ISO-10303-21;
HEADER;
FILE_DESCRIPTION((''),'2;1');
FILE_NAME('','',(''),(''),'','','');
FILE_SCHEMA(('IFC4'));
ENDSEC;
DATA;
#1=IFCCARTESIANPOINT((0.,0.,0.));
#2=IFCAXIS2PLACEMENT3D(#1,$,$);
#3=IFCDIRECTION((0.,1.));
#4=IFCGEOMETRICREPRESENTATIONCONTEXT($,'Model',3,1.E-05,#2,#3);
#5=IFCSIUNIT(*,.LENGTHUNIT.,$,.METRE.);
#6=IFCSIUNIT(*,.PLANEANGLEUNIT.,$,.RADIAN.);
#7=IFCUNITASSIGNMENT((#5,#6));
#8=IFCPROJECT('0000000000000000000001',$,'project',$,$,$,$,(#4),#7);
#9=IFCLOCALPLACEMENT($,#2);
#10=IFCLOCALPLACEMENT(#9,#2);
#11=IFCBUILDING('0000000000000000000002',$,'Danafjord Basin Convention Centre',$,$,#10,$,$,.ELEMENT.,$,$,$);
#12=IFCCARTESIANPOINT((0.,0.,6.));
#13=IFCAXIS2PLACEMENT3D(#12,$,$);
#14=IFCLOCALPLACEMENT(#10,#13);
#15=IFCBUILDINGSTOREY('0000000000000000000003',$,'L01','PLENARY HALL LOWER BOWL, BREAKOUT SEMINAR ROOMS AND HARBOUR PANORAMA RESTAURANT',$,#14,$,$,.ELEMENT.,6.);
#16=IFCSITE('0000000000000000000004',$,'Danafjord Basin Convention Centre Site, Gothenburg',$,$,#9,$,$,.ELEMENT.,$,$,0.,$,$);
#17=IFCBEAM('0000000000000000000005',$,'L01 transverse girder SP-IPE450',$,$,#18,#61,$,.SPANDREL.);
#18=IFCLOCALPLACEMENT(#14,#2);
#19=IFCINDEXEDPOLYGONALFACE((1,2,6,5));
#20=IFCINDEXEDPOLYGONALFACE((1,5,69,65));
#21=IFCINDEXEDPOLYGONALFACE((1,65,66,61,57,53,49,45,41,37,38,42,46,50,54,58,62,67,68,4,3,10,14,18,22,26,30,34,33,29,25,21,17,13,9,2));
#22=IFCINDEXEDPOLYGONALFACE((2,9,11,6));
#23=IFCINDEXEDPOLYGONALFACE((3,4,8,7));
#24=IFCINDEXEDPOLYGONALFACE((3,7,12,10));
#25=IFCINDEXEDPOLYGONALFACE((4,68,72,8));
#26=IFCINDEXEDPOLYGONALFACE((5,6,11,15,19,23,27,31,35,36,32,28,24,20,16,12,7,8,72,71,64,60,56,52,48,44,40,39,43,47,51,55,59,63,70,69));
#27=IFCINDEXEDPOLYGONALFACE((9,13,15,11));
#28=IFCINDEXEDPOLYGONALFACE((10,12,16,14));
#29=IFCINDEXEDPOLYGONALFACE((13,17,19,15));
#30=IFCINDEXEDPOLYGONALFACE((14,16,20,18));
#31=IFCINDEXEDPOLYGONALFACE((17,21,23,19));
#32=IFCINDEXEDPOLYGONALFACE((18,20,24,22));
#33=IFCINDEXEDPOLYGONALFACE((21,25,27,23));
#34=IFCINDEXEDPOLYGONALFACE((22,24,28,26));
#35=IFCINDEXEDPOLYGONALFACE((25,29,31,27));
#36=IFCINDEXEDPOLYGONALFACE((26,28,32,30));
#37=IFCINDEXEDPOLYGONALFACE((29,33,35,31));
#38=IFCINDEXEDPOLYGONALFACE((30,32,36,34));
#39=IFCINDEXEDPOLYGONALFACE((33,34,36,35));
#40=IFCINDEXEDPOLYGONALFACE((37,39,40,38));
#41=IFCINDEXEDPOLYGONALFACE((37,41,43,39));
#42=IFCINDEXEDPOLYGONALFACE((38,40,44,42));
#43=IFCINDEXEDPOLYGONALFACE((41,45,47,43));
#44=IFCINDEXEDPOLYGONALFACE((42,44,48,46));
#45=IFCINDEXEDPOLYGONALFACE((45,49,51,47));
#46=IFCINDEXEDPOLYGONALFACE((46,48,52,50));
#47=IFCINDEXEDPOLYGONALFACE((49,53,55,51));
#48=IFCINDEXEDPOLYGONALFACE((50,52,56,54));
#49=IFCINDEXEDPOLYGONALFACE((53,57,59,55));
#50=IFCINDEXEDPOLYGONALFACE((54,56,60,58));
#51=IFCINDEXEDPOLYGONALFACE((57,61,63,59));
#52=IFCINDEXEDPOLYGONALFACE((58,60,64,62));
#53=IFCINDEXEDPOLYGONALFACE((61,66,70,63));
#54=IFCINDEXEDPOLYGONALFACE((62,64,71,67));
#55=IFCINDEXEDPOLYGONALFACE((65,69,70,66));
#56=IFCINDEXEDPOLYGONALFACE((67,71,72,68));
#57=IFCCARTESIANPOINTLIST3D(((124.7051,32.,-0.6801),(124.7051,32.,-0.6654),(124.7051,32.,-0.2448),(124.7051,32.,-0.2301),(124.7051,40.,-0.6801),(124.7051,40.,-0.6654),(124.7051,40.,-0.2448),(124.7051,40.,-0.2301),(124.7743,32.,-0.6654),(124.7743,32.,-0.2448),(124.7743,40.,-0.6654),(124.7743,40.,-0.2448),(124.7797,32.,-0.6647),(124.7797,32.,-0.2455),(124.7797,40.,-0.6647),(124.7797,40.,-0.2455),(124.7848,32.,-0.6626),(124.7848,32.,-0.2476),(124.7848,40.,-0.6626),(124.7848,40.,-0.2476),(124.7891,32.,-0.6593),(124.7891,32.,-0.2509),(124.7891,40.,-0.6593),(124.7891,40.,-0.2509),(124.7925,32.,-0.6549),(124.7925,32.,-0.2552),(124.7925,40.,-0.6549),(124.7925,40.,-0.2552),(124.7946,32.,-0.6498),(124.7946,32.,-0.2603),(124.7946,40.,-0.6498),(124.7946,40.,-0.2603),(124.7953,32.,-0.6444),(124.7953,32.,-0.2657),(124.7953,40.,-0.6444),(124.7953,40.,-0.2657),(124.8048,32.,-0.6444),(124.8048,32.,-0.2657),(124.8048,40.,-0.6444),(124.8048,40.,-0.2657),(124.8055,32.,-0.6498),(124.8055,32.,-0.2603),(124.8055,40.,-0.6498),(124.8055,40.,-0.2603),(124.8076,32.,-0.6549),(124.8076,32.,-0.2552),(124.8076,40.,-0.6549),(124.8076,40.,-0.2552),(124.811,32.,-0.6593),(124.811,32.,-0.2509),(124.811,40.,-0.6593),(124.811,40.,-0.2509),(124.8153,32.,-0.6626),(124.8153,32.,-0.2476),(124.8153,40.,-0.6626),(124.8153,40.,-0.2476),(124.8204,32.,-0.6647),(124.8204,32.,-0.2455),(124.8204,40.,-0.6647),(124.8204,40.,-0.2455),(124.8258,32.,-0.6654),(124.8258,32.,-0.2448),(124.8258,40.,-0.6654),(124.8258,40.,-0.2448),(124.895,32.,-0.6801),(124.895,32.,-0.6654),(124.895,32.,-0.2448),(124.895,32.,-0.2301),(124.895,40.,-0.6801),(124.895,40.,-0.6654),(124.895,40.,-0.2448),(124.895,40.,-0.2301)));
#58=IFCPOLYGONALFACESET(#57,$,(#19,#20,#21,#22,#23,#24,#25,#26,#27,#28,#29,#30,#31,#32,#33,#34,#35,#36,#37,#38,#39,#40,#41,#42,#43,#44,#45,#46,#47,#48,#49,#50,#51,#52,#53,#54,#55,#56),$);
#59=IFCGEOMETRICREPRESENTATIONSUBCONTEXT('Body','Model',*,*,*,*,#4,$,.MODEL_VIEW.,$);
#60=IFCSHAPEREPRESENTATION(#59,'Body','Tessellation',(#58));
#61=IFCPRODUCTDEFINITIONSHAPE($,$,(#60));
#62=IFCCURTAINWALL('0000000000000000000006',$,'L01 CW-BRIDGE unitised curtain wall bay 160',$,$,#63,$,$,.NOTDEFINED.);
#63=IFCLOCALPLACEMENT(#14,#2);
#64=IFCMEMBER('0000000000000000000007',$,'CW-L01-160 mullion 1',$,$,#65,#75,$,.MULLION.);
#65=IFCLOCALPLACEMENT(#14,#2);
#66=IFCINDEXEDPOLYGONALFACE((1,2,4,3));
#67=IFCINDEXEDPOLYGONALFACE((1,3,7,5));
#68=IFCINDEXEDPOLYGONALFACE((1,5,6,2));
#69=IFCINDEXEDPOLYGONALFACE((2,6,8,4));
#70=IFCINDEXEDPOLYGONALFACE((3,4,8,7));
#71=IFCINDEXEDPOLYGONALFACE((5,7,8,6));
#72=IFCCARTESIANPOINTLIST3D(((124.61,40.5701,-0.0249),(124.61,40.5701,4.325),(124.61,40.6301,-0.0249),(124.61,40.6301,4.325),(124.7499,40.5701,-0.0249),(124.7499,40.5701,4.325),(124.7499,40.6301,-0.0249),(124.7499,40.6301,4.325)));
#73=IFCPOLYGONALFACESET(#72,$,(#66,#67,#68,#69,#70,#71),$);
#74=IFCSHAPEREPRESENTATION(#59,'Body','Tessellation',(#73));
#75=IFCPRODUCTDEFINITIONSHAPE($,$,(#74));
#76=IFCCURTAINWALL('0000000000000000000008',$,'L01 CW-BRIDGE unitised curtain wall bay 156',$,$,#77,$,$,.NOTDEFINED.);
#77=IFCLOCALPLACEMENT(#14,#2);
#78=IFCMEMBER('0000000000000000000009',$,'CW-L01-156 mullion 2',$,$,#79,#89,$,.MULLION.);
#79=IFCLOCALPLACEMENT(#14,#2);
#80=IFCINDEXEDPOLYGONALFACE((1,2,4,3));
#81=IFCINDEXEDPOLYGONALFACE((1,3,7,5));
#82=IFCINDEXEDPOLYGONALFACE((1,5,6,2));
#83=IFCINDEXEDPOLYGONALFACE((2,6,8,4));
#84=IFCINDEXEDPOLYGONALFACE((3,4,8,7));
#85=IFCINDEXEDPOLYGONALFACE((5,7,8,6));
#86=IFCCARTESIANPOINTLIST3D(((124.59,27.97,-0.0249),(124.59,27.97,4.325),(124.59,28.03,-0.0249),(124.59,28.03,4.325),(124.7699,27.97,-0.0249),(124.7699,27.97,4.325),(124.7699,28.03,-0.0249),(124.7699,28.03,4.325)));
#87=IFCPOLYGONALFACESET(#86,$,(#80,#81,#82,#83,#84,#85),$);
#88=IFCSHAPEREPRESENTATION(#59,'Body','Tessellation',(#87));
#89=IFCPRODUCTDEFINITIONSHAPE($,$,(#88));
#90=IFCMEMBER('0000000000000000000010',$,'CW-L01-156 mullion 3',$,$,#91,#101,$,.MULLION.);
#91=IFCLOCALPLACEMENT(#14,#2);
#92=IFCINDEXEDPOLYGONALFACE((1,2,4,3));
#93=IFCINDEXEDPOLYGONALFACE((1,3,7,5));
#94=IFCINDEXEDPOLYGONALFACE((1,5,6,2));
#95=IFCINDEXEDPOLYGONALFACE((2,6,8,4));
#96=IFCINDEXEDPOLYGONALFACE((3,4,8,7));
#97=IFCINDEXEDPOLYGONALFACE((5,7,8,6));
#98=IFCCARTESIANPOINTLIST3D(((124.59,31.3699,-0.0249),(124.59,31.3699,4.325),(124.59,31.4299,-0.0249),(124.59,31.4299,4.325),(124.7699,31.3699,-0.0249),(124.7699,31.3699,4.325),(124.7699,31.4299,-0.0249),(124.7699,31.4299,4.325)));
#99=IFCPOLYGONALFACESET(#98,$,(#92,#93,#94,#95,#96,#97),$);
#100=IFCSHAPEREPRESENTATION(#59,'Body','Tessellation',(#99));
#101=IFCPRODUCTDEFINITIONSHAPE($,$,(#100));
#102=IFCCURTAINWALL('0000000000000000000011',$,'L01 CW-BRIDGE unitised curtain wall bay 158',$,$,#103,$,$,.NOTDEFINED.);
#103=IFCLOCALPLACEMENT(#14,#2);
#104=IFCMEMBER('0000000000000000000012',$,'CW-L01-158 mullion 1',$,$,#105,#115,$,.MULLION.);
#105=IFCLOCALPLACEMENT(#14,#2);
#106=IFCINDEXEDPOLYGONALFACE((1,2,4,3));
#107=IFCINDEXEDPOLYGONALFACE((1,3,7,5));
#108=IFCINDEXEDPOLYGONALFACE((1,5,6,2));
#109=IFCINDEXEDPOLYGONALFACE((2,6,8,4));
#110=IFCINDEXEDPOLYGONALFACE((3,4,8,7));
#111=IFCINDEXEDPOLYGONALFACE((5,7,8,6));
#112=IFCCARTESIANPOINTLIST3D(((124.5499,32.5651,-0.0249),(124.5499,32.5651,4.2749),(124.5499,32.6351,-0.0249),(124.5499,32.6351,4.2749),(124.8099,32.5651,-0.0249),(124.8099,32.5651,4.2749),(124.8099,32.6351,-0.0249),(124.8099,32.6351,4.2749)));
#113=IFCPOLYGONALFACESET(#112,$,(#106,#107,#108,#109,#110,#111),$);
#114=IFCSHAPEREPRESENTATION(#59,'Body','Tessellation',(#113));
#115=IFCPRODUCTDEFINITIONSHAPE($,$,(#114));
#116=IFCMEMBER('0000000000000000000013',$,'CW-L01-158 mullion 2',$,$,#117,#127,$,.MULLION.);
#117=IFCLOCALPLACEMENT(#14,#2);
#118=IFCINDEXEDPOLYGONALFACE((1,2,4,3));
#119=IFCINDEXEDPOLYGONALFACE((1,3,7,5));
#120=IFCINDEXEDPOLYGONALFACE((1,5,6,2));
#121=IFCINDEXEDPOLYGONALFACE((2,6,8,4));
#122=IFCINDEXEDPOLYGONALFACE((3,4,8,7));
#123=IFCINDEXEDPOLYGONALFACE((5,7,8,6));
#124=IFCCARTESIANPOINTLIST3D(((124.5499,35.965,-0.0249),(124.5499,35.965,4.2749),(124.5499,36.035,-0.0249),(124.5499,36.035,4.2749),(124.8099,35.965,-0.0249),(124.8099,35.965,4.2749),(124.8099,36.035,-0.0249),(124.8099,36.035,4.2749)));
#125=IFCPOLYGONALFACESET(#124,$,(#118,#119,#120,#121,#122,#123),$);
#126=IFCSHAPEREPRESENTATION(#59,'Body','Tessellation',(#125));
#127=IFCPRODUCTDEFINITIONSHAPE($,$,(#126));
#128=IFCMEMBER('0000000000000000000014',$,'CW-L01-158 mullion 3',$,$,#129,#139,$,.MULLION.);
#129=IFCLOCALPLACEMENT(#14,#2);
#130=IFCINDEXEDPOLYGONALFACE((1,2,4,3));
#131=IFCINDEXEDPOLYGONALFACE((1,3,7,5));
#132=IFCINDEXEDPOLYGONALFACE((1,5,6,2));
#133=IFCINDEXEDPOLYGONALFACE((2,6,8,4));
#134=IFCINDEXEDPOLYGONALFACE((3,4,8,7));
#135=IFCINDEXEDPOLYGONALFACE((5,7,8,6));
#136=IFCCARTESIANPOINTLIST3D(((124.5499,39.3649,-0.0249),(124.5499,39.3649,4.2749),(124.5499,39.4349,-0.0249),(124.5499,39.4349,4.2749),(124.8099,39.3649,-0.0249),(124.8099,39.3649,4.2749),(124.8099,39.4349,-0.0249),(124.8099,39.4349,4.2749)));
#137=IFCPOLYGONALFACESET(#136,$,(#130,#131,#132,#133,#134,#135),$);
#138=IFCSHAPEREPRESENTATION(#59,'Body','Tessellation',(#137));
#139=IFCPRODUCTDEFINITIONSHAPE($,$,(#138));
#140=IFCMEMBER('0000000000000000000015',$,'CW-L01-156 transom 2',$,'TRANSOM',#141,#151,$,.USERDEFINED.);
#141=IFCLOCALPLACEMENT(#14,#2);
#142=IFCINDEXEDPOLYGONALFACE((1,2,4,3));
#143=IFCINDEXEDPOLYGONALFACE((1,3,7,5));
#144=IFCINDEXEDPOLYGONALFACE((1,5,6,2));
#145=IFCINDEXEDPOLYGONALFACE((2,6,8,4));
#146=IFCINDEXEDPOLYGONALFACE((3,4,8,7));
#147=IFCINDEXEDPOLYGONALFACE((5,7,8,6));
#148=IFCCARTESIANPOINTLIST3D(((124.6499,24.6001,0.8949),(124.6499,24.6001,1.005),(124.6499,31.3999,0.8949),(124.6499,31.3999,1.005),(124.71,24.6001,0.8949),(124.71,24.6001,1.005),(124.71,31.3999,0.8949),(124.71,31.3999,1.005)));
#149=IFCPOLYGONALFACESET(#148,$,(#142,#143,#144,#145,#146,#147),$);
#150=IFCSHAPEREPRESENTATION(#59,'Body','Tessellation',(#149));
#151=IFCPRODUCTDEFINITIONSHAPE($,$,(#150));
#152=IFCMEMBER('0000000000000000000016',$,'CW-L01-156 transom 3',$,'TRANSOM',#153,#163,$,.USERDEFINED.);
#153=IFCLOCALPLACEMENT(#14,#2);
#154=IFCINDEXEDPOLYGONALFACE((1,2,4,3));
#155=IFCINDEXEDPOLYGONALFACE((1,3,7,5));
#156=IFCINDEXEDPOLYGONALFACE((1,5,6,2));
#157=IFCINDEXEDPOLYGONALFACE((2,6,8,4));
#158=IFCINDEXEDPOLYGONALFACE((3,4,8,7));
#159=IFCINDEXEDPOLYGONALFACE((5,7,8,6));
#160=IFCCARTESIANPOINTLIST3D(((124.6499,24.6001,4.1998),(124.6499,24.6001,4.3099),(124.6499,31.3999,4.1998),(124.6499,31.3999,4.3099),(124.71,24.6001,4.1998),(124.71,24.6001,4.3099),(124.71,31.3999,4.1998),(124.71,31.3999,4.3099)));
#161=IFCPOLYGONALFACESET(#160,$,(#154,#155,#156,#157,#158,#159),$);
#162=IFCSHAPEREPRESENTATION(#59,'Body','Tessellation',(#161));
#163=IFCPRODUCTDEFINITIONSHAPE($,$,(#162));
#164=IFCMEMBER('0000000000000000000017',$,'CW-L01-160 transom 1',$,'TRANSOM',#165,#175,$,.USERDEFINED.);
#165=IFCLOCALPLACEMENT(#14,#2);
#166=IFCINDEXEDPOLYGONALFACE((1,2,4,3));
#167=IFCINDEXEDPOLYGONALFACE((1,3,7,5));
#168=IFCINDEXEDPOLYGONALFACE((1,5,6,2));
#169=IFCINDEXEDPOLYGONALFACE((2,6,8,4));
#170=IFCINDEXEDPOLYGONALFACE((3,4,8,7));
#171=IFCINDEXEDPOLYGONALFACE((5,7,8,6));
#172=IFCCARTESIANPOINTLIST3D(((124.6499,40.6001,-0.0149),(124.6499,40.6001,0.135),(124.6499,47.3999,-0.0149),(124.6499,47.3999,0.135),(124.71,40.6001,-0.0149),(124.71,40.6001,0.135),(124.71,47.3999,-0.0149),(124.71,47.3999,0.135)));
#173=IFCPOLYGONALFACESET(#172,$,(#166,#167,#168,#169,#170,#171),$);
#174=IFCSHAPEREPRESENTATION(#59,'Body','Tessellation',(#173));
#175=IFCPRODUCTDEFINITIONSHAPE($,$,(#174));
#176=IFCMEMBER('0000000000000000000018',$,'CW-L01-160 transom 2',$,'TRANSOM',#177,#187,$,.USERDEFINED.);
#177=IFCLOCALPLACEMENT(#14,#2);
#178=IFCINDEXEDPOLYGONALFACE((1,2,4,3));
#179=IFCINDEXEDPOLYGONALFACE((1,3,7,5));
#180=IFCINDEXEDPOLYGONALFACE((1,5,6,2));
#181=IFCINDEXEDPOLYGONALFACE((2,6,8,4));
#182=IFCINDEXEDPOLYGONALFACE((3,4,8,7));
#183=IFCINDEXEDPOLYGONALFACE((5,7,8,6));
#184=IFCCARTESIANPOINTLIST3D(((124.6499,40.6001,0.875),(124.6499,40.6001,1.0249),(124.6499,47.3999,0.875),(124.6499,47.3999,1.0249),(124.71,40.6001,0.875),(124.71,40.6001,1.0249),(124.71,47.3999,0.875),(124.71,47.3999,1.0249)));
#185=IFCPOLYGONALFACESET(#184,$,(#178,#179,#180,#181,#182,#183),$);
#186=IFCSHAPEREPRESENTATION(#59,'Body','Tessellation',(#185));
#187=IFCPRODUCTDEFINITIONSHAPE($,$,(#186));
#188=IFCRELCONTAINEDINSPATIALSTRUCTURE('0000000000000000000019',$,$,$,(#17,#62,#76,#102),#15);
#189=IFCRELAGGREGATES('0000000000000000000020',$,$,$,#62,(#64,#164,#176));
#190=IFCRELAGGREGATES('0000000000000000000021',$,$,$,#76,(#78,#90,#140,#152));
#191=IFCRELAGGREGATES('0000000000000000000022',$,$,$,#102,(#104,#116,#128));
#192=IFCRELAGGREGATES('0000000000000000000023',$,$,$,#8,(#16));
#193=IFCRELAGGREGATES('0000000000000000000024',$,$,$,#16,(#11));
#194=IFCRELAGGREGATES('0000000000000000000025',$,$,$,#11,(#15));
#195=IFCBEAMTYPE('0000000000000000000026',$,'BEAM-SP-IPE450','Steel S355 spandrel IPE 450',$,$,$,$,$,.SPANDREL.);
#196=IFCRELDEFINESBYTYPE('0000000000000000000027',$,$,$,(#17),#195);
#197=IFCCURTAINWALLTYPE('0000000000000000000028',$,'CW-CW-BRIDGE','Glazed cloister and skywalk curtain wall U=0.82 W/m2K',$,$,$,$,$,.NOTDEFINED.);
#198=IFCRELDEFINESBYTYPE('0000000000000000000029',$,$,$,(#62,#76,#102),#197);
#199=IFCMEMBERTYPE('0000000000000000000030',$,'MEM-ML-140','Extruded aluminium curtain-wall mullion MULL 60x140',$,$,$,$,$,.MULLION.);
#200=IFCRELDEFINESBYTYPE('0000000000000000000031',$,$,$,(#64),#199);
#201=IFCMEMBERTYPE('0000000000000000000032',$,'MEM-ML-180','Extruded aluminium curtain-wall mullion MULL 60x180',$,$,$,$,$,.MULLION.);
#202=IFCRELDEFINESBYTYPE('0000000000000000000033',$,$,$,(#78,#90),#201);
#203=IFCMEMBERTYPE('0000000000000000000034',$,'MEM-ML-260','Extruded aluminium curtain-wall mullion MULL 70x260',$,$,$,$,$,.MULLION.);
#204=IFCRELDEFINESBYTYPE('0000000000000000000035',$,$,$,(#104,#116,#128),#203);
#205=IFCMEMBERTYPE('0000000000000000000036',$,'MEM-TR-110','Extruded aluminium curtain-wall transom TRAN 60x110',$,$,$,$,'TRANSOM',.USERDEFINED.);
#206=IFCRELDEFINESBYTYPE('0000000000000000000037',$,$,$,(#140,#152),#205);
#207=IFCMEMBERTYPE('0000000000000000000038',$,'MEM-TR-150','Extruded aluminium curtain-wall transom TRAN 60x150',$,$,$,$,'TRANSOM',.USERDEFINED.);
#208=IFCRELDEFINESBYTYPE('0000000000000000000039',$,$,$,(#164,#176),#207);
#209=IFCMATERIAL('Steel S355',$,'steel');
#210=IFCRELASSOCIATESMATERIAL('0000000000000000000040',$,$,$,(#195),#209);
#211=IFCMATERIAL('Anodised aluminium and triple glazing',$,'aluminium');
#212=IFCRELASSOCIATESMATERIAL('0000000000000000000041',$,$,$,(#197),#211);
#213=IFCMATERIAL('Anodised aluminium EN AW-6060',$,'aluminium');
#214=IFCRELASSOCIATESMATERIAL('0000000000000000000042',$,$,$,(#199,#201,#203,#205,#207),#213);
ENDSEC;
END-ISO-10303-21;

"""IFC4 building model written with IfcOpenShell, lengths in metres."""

from ifc_helpers import new_model, si_unit, direction, frame, origin, origin_2d, place, context, subcontext, project, spatial, rectangle, i_section, extrude, material, material_profile, profile_set, type_object, element, aggregate, save


model = new_model("IFC4")

# Units and contexts
model_context = context("Model", 3, precision=1e-05, world=origin(), true_north=direction((0.0, 1.0)))
body_context = subcontext(model_context, "Body", "Model", "MODEL_VIEW")
ifc_project = project(units=[si_unit("LENGTHUNIT", "METRE"), si_unit("PLANEANGLEUNIT", "RADIAN")], contexts=[model_context])

# Site, building, storey
site_placement = place(None, origin())
site = spatial("IfcSite", under=ifc_project, at=site_placement, Name="Danafjord Basin Convention Centre Site, Gothenburg", CompositionType="ELEMENT", RefElevation=0.0)
building_placement = place(site_placement, origin())
building = spatial("IfcBuilding", under=site, at=building_placement, Name="Danafjord Basin Convention Centre", CompositionType="ELEMENT")
storey_placement = place(building_placement, frame((0.0, 0.0, 6.0)))
storey = spatial("IfcBuildingStorey", under=building, at=storey_placement, Name="L01", Description="PLENARY HALL LOWER BOWL, BREAKOUT SEMINAR ROOMS AND HARBOUR PANORAMA RESTAURANT", CompositionType="ELEMENT", Elevation=6.0)

# Shared definitions
ifc_material_1 = material(Name="Steel S355", Category="steel")

# Beam
ifc_material_profile_1 = material_profile(ifc_material_1, i_section(OverallWidth=0.1899, OverallDepth=0.45, WebThickness=0.0095, FlangeThickness=0.0146, FilletRadius=0.021, at=origin_2d()), Name="IPE 450")
ifc_profile_set_1 = profile_set([ifc_material_profile_1], Name="Steel S355")
beam_type_1 = type_object("IfcBeamType", Name="BEAM-SP-IPE450", Description="Steel S355 spandrel IPE 450", PredefinedType="SPANDREL", material=ifc_profile_set_1)
beam_1_placement = place(storey_placement, frame((124.8, 32.0, -0.4551), z_axis=(0.0, 1.0, 0.0), x_axis=(-1.0, 0.0, 0.0)))
element("IfcBeam", 1, at=beam_1_placement, inside=storey, type_object=beam_type_1, Name="L01 transverse girder SP-IPE450", PredefinedType="SPANDREL", context=body_context, shape_type="SweptSolid", body=[
    extrude(i_section(OverallWidth=0.1899, OverallDepth=0.45, WebThickness=0.0095, FlangeThickness=0.0146, FilletRadius=0.021, at=origin_2d()), origin(), (0.0, 0.0, 1.0), 8.0),
])

# Curtain wall, member
ifc_material_2 = material(Name="Anodised aluminium and triple glazing", Category="aluminium")
curtain_wall_type = type_object("IfcCurtainWallType", Name="CW-CW-BRIDGE", Description="Glazed cloister and skywalk curtain wall U=0.82 W/m2K", PredefinedType="NOTDEFINED", material=ifc_material_2)
curtain_wall_1_placement = place(storey_placement, origin())
curtain_wall_1 = element("IfcCurtainWall", 2, at=curtain_wall_1_placement, inside=storey, type_object=curtain_wall_type, Name="L01 CW-BRIDGE unitised curtain wall bay 160", PredefinedType="NOTDEFINED")
ifc_material_3 = material(Name="Anodised aluminium EN AW-6060", Category="aluminium")
ifc_material_profile_2 = material_profile(ifc_material_3, rectangle(XDim=0.0601, YDim=0.1399, at=origin_2d()), Name="MULL 60x140")
ifc_profile_set_2 = profile_set([ifc_material_profile_2], Name="Anodised aluminium EN AW-6060")
member_type_1 = type_object("IfcMemberType", Name="MEM-ML-140", Description="Extruded aluminium curtain-wall mullion MULL 60x140", PredefinedType="MULLION", material=ifc_profile_set_2)
member_1_placement = place(storey_placement, frame((124.6799, 40.6001, -0.0249), z_axis=(0.0, 0.0, 1.0), x_axis=(0.0, 1.0, 0.0)))
member_1 = element("IfcMember", 3, at=member_1_placement, type_object=member_type_1, Name="CW-L01-160 mullion 1", PredefinedType="MULLION", context=body_context, shape_type="SweptSolid", body=[
    extrude(rectangle(XDim=0.0601, YDim=0.1399, at=origin_2d()), origin(), (0.0, 0.0, 1.0), 4.3499),
])

# Curtain walls, members
curtain_wall_2_placement = place(storey_placement, origin())
curtain_wall_2 = element("IfcCurtainWall", 4, at=curtain_wall_2_placement, inside=storey, type_object=curtain_wall_type, Name="L01 CW-BRIDGE unitised curtain wall bay 156", PredefinedType="NOTDEFINED")
ifc_material_profile_3 = material_profile(ifc_material_3, rectangle(XDim=0.0601, YDim=0.1799, at=origin_2d()), Name="MULL 60x180")
ifc_profile_set_3 = profile_set([ifc_material_profile_3], Name="Anodised aluminium EN AW-6060")
member_type_2 = type_object("IfcMemberType", Name="MEM-ML-180", Description="Extruded aluminium curtain-wall mullion MULL 60x180", PredefinedType="MULLION", material=ifc_profile_set_3)
member_2_placement = place(storey_placement, frame((124.6799, 28.0, -0.0249), z_axis=(0.0, 0.0, 1.0), x_axis=(0.0, 1.0, 0.0)))
member_2 = element("IfcMember", 5, at=member_2_placement, type_object=member_type_2, Name="CW-L01-156 mullion 2", PredefinedType="MULLION", context=body_context, shape_type="SweptSolid", body=[
    extrude(rectangle(XDim=0.0601, YDim=0.1799, at=origin_2d()), origin(), (0.0, 0.0, 1.0), 4.3499),
])
member_3_placement = place(storey_placement, frame((124.6799, 31.3999, -0.0249), z_axis=(0.0, 0.0, 1.0), x_axis=(0.0, 1.0, 0.0)))
member_3 = element("IfcMember", 6, at=member_3_placement, type_object=member_type_2, Name="CW-L01-156 mullion 3", PredefinedType="MULLION", context=body_context, shape_type="SweptSolid", body=[
    extrude(rectangle(XDim=0.0601, YDim=0.1799, at=origin_2d()), origin(), (0.0, 0.0, 1.0), 4.3499),
])
curtain_wall_3_placement = place(storey_placement, origin())
curtain_wall_3 = element("IfcCurtainWall", 7, at=curtain_wall_3_placement, inside=storey, type_object=curtain_wall_type, Name="L01 CW-BRIDGE unitised curtain wall bay 158", PredefinedType="NOTDEFINED")
ifc_material_profile_4 = material_profile(ifc_material_3, rectangle(XDim=0.0701, YDim=0.26, at=origin_2d()), Name="MULL 70x260")
ifc_profile_set_4 = profile_set([ifc_material_profile_4], Name="Anodised aluminium EN AW-6060")
member_type_3 = type_object("IfcMemberType", Name="MEM-ML-260", Description="Extruded aluminium curtain-wall mullion MULL 70x260", PredefinedType="MULLION", material=ifc_profile_set_4)
member_4_placement = place(storey_placement, frame((124.6799, 32.6001, -0.0249), z_axis=(0.0, 0.0, 1.0), x_axis=(0.0, 1.0, 0.0)))
member_4 = element("IfcMember", 8, at=member_4_placement, type_object=member_type_3, Name="CW-L01-158 mullion 1", PredefinedType="MULLION", context=body_context, shape_type="SweptSolid", body=[
    extrude(rectangle(XDim=0.0701, YDim=0.26, at=origin_2d()), origin(), (0.0, 0.0, 1.0), 4.2998),
])
member_5_placement = place(storey_placement, frame((124.6799, 36.0, -0.0249), z_axis=(0.0, 0.0, 1.0), x_axis=(0.0, 1.0, 0.0)))
member_5 = element("IfcMember", 9, at=member_5_placement, type_object=member_type_3, Name="CW-L01-158 mullion 2", PredefinedType="MULLION", context=body_context, shape_type="SweptSolid", body=[
    extrude(rectangle(XDim=0.0701, YDim=0.26, at=origin_2d()), origin(), (0.0, 0.0, 1.0), 4.2998),
])
member_6_placement = place(storey_placement, frame((124.6799, 39.3999, -0.0249), z_axis=(0.0, 0.0, 1.0), x_axis=(0.0, 1.0, 0.0)))
member_6 = element("IfcMember", 10, at=member_6_placement, type_object=member_type_3, Name="CW-L01-158 mullion 3", PredefinedType="MULLION", context=body_context, shape_type="SweptSolid", body=[
    extrude(rectangle(XDim=0.0701, YDim=0.26, at=origin_2d()), origin(), (0.0, 0.0, 1.0), 4.2998),
])

# Members
ifc_material_profile_5 = material_profile(ifc_material_3, rectangle(XDim=0.0601, YDim=0.1101, at=origin_2d()), Name="TRAN 60x110")
ifc_profile_set_5 = profile_set([ifc_material_profile_5], Name="Anodised aluminium EN AW-6060")
member_type_4 = type_object("IfcMemberType", Name="MEM-TR-110", Description="Extruded aluminium curtain-wall transom TRAN 60x110", ElementType="TRANSOM", PredefinedType="USERDEFINED", material=ifc_profile_set_5)
member_7_placement = place(storey_placement, frame((124.6799, 24.6001, 0.95), z_axis=(0.0, 1.0, 0.0), x_axis=(-1.0, 0.0, 0.0)))
member_7 = element("IfcMember", 11, at=member_7_placement, type_object=member_type_4, Name="CW-L01-156 transom 2", ObjectType="TRANSOM", PredefinedType="USERDEFINED", context=body_context, shape_type="SweptSolid", body=[
    extrude(rectangle(XDim=0.0601, YDim=0.1101, at=origin_2d()), origin(), (0.0, 0.0, 1.0), 6.7998),
])
member_8_placement = place(storey_placement, frame((124.6799, 24.6001, 4.2549), z_axis=(0.0, 1.0, 0.0), x_axis=(-1.0, 0.0, 0.0)))
member_8 = element("IfcMember", 12, at=member_8_placement, type_object=member_type_4, Name="CW-L01-156 transom 3", ObjectType="TRANSOM", PredefinedType="USERDEFINED", context=body_context, shape_type="SweptSolid", body=[
    extrude(rectangle(XDim=0.0601, YDim=0.1101, at=origin_2d()), origin(), (0.0, 0.0, 1.0), 6.7998),
])
ifc_material_profile_6 = material_profile(ifc_material_3, rectangle(XDim=0.0601, YDim=0.1499, at=origin_2d()), Name="TRAN 60x150")
ifc_profile_set_6 = profile_set([ifc_material_profile_6], Name="Anodised aluminium EN AW-6060")
member_type_5 = type_object("IfcMemberType", Name="MEM-TR-150", Description="Extruded aluminium curtain-wall transom TRAN 60x150", ElementType="TRANSOM", PredefinedType="USERDEFINED", material=ifc_profile_set_6)
member_9_placement = place(storey_placement, frame((124.6799, 40.6001, 0.0601), z_axis=(0.0, 1.0, 0.0), x_axis=(-1.0, 0.0, 0.0)))
member_9 = element("IfcMember", 13, at=member_9_placement, type_object=member_type_5, Name="CW-L01-160 transom 1", ObjectType="TRANSOM", PredefinedType="USERDEFINED", context=body_context, shape_type="SweptSolid", body=[
    extrude(rectangle(XDim=0.0601, YDim=0.1499, at=origin_2d()), origin(), (0.0, 0.0, 1.0), 6.7998),
])
member_10_placement = place(storey_placement, frame((124.6799, 40.6001, 0.95), z_axis=(0.0, 1.0, 0.0), x_axis=(-1.0, 0.0, 0.0)))
member_10 = element("IfcMember", 14, at=member_10_placement, type_object=member_type_5, Name="CW-L01-160 transom 2", ObjectType="TRANSOM", PredefinedType="USERDEFINED", context=body_context, shape_type="SweptSolid", body=[
    extrude(rectangle(XDim=0.0601, YDim=0.1499, at=origin_2d()), origin(), (0.0, 0.0, 1.0), 6.7998),
])
aggregate(curtain_wall_1, [member_1, member_9, member_10])

aggregate(curtain_wall_2, [member_2, member_3, member_7, member_8])
aggregate(curtain_wall_3, [member_4, member_5, member_6])

save(model, "model.ifc")
